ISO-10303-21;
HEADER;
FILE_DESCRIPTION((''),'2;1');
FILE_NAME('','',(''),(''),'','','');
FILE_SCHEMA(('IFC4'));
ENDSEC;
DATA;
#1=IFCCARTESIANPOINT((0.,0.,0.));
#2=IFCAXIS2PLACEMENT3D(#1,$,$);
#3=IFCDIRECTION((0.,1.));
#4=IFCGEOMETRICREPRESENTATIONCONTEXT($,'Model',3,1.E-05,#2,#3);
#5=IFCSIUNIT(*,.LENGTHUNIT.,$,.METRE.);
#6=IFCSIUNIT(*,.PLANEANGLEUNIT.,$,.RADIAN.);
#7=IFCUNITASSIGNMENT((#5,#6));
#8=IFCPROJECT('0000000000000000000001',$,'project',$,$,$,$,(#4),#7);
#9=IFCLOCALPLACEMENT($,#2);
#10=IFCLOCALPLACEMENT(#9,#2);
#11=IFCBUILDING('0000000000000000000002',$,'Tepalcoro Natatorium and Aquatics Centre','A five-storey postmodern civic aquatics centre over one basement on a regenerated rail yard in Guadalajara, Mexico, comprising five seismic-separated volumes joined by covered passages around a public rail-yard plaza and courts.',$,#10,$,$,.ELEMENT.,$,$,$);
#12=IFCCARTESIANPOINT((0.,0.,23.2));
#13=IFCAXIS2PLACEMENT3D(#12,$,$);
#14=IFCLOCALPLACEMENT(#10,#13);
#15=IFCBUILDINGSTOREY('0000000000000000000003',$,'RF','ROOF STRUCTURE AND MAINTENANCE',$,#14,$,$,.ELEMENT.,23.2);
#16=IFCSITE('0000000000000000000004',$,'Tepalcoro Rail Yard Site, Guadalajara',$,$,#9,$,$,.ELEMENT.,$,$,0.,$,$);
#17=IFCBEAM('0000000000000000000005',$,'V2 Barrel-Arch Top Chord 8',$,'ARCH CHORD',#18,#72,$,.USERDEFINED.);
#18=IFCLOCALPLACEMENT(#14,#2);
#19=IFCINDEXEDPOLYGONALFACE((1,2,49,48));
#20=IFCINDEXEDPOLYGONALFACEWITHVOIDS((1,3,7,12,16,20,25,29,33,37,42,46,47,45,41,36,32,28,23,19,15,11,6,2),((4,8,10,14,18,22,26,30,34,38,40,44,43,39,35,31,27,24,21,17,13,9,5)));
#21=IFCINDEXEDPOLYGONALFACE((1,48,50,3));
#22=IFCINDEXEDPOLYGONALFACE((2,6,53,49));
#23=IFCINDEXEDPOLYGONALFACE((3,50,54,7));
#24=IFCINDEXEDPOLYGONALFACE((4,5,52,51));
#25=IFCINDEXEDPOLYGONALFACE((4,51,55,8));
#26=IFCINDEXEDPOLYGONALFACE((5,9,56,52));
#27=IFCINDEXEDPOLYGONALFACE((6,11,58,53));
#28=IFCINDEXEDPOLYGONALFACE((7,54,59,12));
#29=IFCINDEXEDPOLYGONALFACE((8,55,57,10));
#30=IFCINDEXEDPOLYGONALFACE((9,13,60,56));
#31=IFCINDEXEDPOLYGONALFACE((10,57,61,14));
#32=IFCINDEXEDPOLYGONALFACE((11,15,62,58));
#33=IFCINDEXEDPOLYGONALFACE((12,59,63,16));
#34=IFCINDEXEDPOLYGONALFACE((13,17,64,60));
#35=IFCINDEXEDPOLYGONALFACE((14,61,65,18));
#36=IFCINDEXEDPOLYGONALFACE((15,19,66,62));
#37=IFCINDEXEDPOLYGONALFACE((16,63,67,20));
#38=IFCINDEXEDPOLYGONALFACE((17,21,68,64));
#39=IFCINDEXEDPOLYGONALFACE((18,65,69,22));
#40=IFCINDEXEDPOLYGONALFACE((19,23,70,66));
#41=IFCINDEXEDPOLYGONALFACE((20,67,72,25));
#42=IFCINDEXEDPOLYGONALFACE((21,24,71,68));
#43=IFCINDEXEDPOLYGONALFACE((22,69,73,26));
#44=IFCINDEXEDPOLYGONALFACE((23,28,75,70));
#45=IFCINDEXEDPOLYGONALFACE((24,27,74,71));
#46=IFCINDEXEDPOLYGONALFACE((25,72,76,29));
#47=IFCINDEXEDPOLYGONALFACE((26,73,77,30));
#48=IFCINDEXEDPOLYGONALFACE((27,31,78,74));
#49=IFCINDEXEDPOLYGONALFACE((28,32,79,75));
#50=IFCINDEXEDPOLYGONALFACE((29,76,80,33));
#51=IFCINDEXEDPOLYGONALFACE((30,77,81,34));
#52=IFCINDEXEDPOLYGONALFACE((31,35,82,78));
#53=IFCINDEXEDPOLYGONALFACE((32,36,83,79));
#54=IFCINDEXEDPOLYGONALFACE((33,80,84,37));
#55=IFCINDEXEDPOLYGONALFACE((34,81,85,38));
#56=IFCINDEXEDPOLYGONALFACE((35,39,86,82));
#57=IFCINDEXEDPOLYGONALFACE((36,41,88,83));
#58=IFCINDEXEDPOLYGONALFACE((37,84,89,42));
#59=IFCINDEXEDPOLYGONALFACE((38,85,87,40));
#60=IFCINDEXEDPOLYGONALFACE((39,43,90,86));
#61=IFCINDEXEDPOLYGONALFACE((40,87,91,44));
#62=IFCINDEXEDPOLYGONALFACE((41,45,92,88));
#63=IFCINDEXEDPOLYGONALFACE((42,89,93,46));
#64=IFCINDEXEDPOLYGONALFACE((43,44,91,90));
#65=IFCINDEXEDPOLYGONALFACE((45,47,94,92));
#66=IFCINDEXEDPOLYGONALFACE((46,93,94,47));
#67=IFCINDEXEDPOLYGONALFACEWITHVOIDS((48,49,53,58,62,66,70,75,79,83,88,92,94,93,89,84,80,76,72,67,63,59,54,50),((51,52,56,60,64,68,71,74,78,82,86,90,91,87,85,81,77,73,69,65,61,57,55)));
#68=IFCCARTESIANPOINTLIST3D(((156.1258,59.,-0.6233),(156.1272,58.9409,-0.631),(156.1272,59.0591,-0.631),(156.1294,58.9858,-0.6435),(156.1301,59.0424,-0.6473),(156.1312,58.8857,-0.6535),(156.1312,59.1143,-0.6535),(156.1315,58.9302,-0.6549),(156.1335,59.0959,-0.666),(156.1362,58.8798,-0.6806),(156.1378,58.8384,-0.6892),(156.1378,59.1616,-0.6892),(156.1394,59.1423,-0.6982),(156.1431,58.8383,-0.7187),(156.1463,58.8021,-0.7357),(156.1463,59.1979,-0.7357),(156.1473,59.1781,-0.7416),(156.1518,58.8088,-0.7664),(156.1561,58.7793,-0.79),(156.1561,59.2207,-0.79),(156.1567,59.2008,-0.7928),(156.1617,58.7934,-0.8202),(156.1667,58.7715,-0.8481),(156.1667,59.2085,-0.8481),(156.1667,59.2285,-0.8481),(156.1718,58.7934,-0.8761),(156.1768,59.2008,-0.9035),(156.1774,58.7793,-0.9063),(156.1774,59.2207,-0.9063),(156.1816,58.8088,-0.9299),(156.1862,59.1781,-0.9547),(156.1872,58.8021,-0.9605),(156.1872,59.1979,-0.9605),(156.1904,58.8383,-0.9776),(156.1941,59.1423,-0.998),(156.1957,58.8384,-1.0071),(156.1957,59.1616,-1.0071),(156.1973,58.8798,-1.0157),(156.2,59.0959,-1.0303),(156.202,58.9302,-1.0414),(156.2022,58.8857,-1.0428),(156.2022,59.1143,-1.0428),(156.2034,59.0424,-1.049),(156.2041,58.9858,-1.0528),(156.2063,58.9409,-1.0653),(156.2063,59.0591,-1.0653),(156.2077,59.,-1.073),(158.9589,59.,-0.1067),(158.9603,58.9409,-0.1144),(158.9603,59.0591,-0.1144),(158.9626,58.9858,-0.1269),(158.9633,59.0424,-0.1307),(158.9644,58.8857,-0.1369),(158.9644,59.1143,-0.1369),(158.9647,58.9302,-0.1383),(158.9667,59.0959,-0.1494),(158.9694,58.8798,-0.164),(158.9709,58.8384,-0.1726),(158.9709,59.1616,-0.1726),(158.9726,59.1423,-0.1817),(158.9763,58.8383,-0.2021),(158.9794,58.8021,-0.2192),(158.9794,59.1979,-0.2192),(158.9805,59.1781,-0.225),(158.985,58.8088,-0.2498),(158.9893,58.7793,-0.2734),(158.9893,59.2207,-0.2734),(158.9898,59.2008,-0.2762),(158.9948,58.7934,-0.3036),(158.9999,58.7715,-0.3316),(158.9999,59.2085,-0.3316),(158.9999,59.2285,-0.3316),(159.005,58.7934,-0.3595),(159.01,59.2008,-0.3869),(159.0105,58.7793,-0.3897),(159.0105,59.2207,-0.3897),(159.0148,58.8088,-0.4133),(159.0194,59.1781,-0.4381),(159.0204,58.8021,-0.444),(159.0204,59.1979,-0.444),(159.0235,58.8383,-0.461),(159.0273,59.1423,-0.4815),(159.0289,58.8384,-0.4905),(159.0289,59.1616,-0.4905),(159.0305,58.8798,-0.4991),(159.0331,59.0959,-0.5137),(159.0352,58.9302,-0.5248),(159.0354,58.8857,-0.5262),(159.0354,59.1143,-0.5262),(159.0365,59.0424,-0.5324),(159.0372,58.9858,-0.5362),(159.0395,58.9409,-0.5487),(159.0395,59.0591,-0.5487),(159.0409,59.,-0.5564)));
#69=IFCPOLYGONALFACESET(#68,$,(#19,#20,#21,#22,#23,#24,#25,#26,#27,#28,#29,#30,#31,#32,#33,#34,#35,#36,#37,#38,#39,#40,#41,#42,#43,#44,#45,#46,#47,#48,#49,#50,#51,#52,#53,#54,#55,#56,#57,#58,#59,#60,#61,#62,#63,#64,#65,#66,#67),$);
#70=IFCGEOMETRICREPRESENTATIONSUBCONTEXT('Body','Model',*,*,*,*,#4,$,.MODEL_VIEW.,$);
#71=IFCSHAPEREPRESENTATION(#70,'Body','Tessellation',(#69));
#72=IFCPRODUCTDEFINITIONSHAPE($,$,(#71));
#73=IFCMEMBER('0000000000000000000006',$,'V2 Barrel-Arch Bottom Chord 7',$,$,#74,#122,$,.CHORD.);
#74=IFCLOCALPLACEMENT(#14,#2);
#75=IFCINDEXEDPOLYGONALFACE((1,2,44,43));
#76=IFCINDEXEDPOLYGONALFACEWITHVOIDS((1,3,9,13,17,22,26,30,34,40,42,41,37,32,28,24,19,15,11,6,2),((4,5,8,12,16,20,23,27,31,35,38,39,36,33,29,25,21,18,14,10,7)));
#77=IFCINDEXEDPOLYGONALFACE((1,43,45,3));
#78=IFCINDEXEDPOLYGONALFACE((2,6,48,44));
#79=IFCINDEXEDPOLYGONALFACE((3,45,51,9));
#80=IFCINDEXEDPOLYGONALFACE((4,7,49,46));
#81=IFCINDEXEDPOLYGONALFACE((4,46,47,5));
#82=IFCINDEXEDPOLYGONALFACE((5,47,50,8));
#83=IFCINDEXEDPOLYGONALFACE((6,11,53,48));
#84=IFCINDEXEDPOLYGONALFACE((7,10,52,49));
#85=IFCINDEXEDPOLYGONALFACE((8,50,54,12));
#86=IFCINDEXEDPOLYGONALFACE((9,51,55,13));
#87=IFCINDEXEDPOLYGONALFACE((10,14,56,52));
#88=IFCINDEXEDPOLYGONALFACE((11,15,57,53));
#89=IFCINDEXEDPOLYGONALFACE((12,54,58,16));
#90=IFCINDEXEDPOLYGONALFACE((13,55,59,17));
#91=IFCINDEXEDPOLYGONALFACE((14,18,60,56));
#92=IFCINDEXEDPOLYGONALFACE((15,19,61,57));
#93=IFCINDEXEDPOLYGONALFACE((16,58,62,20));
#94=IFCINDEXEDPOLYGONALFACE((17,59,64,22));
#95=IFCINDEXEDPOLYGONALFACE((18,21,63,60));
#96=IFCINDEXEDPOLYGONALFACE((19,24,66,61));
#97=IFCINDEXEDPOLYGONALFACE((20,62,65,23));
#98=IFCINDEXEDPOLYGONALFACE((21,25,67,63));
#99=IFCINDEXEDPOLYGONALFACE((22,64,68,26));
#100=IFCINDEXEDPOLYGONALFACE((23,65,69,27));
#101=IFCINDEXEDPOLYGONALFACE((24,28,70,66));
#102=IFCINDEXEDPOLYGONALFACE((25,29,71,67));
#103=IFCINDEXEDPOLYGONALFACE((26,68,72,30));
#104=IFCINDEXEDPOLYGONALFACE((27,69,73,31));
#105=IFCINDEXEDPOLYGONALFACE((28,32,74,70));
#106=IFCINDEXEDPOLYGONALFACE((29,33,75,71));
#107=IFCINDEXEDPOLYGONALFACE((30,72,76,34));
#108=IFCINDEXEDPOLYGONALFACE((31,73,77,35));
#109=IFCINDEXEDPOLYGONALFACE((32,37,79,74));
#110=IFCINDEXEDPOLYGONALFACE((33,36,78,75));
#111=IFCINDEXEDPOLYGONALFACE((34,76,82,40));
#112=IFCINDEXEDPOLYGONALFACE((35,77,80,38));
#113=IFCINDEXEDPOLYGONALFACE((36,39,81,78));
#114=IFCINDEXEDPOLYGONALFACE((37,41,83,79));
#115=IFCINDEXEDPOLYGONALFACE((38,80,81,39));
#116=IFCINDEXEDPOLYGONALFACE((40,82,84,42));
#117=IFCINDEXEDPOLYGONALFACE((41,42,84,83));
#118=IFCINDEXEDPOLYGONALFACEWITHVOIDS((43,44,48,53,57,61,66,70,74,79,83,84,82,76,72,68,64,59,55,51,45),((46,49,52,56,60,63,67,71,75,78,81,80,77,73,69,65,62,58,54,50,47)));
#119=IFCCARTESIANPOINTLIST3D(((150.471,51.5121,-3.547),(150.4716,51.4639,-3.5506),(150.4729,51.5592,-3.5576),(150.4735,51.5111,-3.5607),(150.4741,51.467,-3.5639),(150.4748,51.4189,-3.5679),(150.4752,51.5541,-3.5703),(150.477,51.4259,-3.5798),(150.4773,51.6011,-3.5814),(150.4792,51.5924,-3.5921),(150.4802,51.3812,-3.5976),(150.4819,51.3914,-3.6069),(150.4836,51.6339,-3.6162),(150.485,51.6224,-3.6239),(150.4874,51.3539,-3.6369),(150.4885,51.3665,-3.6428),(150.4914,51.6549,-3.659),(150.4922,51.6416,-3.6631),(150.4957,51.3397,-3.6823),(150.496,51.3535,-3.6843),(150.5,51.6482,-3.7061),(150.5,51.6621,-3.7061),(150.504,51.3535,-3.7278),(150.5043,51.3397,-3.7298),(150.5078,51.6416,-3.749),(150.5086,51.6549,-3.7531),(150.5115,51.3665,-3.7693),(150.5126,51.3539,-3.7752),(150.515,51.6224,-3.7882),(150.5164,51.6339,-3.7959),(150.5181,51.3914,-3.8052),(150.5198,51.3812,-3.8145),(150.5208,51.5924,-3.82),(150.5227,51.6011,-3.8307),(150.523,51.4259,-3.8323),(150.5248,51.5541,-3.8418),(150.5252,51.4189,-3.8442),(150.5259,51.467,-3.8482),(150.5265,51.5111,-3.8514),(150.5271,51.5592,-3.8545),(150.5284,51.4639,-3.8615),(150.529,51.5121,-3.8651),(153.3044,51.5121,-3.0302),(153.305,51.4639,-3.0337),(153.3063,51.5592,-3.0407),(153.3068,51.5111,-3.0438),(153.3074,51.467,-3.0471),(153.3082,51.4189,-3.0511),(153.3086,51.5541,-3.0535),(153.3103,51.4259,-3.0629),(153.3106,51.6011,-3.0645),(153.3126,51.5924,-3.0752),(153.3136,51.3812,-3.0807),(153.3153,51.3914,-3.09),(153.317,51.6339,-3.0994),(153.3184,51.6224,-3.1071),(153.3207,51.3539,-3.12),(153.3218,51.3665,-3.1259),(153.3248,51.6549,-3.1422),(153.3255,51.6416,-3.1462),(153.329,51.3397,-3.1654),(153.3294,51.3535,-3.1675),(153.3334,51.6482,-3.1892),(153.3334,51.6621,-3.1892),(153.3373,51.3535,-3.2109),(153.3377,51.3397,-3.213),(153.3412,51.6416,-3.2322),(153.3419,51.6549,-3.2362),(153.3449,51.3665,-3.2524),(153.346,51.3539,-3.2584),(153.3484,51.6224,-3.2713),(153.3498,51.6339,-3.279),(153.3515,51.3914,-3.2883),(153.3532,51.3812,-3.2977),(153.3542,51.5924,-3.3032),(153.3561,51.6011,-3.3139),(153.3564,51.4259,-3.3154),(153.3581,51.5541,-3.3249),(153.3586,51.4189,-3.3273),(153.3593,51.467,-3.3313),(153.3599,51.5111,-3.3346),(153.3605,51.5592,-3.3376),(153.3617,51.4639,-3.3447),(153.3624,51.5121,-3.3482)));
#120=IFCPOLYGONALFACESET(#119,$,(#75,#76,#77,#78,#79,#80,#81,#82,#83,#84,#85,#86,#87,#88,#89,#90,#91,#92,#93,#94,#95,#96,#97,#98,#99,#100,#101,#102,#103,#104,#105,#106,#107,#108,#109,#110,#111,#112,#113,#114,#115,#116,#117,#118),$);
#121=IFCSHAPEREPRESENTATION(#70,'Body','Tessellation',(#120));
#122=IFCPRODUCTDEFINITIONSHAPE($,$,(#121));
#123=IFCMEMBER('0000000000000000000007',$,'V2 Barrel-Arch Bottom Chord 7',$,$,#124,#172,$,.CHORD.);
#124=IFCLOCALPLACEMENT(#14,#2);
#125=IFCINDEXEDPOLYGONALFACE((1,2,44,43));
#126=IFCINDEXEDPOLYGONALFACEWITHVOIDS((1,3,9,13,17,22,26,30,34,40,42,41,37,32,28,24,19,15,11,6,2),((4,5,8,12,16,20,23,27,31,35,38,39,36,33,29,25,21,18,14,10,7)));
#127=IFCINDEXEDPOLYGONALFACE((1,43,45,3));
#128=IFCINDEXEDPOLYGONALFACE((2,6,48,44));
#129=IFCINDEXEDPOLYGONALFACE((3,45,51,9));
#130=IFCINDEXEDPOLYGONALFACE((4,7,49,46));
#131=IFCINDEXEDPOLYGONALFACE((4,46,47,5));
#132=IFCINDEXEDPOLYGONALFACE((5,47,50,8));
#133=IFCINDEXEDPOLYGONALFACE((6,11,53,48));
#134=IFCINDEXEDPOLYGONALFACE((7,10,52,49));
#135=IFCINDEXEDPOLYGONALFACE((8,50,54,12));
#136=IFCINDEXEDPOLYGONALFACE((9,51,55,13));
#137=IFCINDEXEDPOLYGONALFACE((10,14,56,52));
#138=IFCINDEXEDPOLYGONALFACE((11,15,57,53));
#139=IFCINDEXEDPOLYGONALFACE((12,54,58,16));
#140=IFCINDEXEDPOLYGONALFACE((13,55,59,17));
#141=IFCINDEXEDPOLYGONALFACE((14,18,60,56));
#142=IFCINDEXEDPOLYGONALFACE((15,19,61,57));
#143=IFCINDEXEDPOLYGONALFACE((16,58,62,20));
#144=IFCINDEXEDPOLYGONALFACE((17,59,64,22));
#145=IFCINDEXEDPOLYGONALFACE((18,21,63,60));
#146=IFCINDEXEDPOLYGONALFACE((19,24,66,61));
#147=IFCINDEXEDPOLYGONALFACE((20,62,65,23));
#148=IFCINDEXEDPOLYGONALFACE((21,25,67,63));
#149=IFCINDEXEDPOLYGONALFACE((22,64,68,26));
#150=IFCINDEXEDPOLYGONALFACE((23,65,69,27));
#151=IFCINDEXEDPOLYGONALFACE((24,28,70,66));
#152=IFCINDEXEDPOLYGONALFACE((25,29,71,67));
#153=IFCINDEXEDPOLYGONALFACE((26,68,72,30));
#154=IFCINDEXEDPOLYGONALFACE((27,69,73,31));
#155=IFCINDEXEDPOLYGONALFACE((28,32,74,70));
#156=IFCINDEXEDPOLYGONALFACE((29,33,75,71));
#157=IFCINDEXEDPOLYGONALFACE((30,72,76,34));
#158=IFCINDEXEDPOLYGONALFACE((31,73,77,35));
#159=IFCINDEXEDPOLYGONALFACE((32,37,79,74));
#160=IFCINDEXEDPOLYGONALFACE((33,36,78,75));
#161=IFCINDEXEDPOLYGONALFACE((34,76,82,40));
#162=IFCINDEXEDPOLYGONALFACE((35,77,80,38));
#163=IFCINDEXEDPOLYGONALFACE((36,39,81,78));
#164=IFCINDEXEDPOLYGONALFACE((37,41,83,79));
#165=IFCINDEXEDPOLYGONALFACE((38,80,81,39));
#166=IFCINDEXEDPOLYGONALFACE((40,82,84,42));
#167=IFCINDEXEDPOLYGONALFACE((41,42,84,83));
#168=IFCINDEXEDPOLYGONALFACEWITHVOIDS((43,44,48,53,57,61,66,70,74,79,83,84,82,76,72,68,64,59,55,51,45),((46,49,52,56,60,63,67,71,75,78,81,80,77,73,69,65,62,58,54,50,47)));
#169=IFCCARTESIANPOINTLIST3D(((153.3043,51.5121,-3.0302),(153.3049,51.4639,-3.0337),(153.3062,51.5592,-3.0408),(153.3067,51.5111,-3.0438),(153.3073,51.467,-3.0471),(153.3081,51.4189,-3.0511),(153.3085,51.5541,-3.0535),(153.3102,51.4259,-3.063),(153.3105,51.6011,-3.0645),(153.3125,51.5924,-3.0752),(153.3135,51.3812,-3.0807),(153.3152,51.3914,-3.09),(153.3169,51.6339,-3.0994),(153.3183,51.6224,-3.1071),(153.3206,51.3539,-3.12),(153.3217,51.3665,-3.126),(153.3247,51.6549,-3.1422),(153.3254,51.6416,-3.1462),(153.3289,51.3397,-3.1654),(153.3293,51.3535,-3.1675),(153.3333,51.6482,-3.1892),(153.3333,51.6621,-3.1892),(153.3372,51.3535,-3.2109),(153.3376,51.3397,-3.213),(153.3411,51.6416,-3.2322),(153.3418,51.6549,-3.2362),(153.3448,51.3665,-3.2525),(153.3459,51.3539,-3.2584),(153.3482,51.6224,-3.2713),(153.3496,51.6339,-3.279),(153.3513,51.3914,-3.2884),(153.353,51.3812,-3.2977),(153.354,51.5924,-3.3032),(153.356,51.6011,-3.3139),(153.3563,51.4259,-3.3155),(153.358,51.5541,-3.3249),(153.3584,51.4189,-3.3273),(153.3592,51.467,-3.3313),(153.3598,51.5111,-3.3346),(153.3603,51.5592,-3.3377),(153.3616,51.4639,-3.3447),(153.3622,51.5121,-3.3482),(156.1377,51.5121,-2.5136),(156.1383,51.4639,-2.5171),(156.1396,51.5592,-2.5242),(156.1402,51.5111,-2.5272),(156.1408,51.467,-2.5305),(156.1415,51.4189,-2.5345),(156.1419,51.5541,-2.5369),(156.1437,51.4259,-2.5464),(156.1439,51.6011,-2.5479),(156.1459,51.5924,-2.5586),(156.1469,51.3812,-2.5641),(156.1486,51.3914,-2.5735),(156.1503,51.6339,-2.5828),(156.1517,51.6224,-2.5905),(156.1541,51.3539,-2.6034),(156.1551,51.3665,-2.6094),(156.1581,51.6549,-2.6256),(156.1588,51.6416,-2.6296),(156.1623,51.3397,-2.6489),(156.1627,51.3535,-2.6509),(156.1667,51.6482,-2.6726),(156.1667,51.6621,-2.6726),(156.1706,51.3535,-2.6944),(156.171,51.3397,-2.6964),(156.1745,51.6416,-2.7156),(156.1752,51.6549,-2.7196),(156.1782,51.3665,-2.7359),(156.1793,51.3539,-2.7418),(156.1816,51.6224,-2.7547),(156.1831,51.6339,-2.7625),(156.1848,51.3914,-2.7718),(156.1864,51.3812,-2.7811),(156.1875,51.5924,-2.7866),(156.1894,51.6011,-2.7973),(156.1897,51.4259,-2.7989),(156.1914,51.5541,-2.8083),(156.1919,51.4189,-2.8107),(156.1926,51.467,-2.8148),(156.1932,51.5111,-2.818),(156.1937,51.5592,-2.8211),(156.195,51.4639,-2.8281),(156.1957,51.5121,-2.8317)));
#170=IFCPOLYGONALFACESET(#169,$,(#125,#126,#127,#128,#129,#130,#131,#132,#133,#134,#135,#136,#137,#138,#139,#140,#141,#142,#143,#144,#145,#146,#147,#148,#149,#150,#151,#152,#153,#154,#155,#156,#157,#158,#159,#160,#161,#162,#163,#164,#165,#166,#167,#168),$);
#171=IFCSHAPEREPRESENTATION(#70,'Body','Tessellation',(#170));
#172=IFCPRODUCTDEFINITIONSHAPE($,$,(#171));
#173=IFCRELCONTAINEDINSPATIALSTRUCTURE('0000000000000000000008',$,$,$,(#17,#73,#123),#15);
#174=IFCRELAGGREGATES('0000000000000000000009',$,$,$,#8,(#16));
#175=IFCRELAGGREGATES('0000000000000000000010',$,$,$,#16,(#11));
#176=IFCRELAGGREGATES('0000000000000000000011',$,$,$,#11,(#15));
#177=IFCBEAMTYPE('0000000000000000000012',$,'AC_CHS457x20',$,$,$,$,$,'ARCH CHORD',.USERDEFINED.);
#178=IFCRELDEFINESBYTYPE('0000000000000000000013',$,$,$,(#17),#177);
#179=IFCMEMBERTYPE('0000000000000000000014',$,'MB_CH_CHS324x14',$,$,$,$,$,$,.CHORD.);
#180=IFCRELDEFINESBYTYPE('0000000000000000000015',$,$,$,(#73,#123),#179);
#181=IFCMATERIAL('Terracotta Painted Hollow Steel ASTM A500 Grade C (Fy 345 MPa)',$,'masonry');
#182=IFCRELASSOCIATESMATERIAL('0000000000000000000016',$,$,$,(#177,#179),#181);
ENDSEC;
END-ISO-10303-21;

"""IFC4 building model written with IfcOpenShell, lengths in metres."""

from ifc_helpers import new_model, si_unit, direction, frame, origin, origin_2d, place, context, subcontext, project, spatial, hollow_circle, extrude, material, material_profile, profile_set, type_object, element, save


model = new_model("IFC4")

# Units and contexts
model_context = context("Model", 3, precision=1e-05, world=origin(), true_north=direction((0.0, 1.0)))
body_context = subcontext(model_context, "Body", "Model", "MODEL_VIEW")
ifc_project = project(units=[si_unit("LENGTHUNIT", "METRE"), si_unit("PLANEANGLEUNIT", "RADIAN")], contexts=[model_context])

# Site, building, storey
site_placement = place(None, origin())
site = spatial("IfcSite", under=ifc_project, at=site_placement, Name="Tepalcoro Rail Yard Site, Guadalajara", CompositionType="ELEMENT", RefElevation=0.0)
building_placement = place(site_placement, origin())
building = spatial("IfcBuilding", under=site, at=building_placement, Name="Tepalcoro Natatorium and Aquatics Centre", Description="A five-storey postmodern civic aquatics centre over one basement on a regenerated rail yard in Guadalajara, Mexico, comprising five seismic-separated volumes joined by covered passages around a public rail-yard plaza and courts.", CompositionType="ELEMENT")
storey_placement = place(building_placement, frame((0.0, 0.0, 23.2)))
storey = spatial("IfcBuildingStorey", under=building, at=storey_placement, Name="RF", Description="ROOF STRUCTURE AND MAINTENANCE", CompositionType="ELEMENT", Elevation=23.2)

# Beam
ifc_material_1 = material(Name="Terracotta Painted Hollow Steel ASTM A500 Grade C (Fy 345 MPa)", Category="masonry")
ifc_material_profile_1 = material_profile(ifc_material_1, hollow_circle(Radius=0.2285, WallThickness=0.02, at=origin_2d()), Name="CHS457X20")
ifc_profile_set_1 = profile_set([ifc_material_profile_1], Name="Terracotta Painted Hollow Steel ASTM A500 Grade C (Fy 345 MPa)")
beam_type_1 = type_object("IfcBeamType", Name="AC_CHS457x20", ElementType="ARCH CHORD", PredefinedType="USERDEFINED", material=ifc_profile_set_1)
beam_1_placement = place(storey_placement, frame((156.1667, 59.0, -0.8481), z_axis=(0.98378, 0.0, 0.179378), x_axis=(0.0, 1.0, 0.0)))
element("IfcBeam", 1, at=beam_1_placement, inside=storey, type_object=beam_type_1, Name="V2 Barrel-Arch Top Chord 8", ObjectType="ARCH CHORD", PredefinedType="USERDEFINED", context=body_context, shape_type="SweptSolid", body=[
    extrude(hollow_circle(Radius=0.2285, WallThickness=0.02, at=origin_2d()), origin(), (0.0, 0.0, 1.0), 2.8799),
])

# Members
ifc_material_profile_2 = material_profile(ifc_material_1, hollow_circle(Radius=0.1621, WallThickness=0.0139, at=origin_2d()), Name="CHS324X14")
ifc_profile_set_2 = profile_set([ifc_material_profile_2], Name="Terracotta Painted Hollow Steel ASTM A500 Grade C (Fy 345 MPa)")
member_type_1 = type_object("IfcMemberType", Name="MB_CH_CHS324x14", PredefinedType="CHORD", material=ifc_profile_set_2)
for number, where, z_axis, x_axis, name in (
    (2, (150.5, 51.5, -3.7061), (0.983765, 0.0, 0.17946), (0.0, 1.0, 0.0), "V2 Barrel-Arch Bottom Chord 7"),
    (3, (153.3333, 51.5, -3.1892), (0.983783, 0.0, 0.179363), (0.0, 1.0, 0.0), "V2 Barrel-Arch Bottom Chord 7"),
):
    element("IfcMember", number, at=place(storey_placement, frame(where, z_axis=z_axis, x_axis=x_axis)), inside=storey, type_object=member_type_1, Name=name, PredefinedType="CHORD", context=body_context, shape_type="SweptSolid", body=[
        extrude(hollow_circle(Radius=0.1621, WallThickness=0.0139, at=origin_2d()), origin(), (0.0, 0.0, 1.0), 2.8801),
    ])

save(model, "model.ifc")
